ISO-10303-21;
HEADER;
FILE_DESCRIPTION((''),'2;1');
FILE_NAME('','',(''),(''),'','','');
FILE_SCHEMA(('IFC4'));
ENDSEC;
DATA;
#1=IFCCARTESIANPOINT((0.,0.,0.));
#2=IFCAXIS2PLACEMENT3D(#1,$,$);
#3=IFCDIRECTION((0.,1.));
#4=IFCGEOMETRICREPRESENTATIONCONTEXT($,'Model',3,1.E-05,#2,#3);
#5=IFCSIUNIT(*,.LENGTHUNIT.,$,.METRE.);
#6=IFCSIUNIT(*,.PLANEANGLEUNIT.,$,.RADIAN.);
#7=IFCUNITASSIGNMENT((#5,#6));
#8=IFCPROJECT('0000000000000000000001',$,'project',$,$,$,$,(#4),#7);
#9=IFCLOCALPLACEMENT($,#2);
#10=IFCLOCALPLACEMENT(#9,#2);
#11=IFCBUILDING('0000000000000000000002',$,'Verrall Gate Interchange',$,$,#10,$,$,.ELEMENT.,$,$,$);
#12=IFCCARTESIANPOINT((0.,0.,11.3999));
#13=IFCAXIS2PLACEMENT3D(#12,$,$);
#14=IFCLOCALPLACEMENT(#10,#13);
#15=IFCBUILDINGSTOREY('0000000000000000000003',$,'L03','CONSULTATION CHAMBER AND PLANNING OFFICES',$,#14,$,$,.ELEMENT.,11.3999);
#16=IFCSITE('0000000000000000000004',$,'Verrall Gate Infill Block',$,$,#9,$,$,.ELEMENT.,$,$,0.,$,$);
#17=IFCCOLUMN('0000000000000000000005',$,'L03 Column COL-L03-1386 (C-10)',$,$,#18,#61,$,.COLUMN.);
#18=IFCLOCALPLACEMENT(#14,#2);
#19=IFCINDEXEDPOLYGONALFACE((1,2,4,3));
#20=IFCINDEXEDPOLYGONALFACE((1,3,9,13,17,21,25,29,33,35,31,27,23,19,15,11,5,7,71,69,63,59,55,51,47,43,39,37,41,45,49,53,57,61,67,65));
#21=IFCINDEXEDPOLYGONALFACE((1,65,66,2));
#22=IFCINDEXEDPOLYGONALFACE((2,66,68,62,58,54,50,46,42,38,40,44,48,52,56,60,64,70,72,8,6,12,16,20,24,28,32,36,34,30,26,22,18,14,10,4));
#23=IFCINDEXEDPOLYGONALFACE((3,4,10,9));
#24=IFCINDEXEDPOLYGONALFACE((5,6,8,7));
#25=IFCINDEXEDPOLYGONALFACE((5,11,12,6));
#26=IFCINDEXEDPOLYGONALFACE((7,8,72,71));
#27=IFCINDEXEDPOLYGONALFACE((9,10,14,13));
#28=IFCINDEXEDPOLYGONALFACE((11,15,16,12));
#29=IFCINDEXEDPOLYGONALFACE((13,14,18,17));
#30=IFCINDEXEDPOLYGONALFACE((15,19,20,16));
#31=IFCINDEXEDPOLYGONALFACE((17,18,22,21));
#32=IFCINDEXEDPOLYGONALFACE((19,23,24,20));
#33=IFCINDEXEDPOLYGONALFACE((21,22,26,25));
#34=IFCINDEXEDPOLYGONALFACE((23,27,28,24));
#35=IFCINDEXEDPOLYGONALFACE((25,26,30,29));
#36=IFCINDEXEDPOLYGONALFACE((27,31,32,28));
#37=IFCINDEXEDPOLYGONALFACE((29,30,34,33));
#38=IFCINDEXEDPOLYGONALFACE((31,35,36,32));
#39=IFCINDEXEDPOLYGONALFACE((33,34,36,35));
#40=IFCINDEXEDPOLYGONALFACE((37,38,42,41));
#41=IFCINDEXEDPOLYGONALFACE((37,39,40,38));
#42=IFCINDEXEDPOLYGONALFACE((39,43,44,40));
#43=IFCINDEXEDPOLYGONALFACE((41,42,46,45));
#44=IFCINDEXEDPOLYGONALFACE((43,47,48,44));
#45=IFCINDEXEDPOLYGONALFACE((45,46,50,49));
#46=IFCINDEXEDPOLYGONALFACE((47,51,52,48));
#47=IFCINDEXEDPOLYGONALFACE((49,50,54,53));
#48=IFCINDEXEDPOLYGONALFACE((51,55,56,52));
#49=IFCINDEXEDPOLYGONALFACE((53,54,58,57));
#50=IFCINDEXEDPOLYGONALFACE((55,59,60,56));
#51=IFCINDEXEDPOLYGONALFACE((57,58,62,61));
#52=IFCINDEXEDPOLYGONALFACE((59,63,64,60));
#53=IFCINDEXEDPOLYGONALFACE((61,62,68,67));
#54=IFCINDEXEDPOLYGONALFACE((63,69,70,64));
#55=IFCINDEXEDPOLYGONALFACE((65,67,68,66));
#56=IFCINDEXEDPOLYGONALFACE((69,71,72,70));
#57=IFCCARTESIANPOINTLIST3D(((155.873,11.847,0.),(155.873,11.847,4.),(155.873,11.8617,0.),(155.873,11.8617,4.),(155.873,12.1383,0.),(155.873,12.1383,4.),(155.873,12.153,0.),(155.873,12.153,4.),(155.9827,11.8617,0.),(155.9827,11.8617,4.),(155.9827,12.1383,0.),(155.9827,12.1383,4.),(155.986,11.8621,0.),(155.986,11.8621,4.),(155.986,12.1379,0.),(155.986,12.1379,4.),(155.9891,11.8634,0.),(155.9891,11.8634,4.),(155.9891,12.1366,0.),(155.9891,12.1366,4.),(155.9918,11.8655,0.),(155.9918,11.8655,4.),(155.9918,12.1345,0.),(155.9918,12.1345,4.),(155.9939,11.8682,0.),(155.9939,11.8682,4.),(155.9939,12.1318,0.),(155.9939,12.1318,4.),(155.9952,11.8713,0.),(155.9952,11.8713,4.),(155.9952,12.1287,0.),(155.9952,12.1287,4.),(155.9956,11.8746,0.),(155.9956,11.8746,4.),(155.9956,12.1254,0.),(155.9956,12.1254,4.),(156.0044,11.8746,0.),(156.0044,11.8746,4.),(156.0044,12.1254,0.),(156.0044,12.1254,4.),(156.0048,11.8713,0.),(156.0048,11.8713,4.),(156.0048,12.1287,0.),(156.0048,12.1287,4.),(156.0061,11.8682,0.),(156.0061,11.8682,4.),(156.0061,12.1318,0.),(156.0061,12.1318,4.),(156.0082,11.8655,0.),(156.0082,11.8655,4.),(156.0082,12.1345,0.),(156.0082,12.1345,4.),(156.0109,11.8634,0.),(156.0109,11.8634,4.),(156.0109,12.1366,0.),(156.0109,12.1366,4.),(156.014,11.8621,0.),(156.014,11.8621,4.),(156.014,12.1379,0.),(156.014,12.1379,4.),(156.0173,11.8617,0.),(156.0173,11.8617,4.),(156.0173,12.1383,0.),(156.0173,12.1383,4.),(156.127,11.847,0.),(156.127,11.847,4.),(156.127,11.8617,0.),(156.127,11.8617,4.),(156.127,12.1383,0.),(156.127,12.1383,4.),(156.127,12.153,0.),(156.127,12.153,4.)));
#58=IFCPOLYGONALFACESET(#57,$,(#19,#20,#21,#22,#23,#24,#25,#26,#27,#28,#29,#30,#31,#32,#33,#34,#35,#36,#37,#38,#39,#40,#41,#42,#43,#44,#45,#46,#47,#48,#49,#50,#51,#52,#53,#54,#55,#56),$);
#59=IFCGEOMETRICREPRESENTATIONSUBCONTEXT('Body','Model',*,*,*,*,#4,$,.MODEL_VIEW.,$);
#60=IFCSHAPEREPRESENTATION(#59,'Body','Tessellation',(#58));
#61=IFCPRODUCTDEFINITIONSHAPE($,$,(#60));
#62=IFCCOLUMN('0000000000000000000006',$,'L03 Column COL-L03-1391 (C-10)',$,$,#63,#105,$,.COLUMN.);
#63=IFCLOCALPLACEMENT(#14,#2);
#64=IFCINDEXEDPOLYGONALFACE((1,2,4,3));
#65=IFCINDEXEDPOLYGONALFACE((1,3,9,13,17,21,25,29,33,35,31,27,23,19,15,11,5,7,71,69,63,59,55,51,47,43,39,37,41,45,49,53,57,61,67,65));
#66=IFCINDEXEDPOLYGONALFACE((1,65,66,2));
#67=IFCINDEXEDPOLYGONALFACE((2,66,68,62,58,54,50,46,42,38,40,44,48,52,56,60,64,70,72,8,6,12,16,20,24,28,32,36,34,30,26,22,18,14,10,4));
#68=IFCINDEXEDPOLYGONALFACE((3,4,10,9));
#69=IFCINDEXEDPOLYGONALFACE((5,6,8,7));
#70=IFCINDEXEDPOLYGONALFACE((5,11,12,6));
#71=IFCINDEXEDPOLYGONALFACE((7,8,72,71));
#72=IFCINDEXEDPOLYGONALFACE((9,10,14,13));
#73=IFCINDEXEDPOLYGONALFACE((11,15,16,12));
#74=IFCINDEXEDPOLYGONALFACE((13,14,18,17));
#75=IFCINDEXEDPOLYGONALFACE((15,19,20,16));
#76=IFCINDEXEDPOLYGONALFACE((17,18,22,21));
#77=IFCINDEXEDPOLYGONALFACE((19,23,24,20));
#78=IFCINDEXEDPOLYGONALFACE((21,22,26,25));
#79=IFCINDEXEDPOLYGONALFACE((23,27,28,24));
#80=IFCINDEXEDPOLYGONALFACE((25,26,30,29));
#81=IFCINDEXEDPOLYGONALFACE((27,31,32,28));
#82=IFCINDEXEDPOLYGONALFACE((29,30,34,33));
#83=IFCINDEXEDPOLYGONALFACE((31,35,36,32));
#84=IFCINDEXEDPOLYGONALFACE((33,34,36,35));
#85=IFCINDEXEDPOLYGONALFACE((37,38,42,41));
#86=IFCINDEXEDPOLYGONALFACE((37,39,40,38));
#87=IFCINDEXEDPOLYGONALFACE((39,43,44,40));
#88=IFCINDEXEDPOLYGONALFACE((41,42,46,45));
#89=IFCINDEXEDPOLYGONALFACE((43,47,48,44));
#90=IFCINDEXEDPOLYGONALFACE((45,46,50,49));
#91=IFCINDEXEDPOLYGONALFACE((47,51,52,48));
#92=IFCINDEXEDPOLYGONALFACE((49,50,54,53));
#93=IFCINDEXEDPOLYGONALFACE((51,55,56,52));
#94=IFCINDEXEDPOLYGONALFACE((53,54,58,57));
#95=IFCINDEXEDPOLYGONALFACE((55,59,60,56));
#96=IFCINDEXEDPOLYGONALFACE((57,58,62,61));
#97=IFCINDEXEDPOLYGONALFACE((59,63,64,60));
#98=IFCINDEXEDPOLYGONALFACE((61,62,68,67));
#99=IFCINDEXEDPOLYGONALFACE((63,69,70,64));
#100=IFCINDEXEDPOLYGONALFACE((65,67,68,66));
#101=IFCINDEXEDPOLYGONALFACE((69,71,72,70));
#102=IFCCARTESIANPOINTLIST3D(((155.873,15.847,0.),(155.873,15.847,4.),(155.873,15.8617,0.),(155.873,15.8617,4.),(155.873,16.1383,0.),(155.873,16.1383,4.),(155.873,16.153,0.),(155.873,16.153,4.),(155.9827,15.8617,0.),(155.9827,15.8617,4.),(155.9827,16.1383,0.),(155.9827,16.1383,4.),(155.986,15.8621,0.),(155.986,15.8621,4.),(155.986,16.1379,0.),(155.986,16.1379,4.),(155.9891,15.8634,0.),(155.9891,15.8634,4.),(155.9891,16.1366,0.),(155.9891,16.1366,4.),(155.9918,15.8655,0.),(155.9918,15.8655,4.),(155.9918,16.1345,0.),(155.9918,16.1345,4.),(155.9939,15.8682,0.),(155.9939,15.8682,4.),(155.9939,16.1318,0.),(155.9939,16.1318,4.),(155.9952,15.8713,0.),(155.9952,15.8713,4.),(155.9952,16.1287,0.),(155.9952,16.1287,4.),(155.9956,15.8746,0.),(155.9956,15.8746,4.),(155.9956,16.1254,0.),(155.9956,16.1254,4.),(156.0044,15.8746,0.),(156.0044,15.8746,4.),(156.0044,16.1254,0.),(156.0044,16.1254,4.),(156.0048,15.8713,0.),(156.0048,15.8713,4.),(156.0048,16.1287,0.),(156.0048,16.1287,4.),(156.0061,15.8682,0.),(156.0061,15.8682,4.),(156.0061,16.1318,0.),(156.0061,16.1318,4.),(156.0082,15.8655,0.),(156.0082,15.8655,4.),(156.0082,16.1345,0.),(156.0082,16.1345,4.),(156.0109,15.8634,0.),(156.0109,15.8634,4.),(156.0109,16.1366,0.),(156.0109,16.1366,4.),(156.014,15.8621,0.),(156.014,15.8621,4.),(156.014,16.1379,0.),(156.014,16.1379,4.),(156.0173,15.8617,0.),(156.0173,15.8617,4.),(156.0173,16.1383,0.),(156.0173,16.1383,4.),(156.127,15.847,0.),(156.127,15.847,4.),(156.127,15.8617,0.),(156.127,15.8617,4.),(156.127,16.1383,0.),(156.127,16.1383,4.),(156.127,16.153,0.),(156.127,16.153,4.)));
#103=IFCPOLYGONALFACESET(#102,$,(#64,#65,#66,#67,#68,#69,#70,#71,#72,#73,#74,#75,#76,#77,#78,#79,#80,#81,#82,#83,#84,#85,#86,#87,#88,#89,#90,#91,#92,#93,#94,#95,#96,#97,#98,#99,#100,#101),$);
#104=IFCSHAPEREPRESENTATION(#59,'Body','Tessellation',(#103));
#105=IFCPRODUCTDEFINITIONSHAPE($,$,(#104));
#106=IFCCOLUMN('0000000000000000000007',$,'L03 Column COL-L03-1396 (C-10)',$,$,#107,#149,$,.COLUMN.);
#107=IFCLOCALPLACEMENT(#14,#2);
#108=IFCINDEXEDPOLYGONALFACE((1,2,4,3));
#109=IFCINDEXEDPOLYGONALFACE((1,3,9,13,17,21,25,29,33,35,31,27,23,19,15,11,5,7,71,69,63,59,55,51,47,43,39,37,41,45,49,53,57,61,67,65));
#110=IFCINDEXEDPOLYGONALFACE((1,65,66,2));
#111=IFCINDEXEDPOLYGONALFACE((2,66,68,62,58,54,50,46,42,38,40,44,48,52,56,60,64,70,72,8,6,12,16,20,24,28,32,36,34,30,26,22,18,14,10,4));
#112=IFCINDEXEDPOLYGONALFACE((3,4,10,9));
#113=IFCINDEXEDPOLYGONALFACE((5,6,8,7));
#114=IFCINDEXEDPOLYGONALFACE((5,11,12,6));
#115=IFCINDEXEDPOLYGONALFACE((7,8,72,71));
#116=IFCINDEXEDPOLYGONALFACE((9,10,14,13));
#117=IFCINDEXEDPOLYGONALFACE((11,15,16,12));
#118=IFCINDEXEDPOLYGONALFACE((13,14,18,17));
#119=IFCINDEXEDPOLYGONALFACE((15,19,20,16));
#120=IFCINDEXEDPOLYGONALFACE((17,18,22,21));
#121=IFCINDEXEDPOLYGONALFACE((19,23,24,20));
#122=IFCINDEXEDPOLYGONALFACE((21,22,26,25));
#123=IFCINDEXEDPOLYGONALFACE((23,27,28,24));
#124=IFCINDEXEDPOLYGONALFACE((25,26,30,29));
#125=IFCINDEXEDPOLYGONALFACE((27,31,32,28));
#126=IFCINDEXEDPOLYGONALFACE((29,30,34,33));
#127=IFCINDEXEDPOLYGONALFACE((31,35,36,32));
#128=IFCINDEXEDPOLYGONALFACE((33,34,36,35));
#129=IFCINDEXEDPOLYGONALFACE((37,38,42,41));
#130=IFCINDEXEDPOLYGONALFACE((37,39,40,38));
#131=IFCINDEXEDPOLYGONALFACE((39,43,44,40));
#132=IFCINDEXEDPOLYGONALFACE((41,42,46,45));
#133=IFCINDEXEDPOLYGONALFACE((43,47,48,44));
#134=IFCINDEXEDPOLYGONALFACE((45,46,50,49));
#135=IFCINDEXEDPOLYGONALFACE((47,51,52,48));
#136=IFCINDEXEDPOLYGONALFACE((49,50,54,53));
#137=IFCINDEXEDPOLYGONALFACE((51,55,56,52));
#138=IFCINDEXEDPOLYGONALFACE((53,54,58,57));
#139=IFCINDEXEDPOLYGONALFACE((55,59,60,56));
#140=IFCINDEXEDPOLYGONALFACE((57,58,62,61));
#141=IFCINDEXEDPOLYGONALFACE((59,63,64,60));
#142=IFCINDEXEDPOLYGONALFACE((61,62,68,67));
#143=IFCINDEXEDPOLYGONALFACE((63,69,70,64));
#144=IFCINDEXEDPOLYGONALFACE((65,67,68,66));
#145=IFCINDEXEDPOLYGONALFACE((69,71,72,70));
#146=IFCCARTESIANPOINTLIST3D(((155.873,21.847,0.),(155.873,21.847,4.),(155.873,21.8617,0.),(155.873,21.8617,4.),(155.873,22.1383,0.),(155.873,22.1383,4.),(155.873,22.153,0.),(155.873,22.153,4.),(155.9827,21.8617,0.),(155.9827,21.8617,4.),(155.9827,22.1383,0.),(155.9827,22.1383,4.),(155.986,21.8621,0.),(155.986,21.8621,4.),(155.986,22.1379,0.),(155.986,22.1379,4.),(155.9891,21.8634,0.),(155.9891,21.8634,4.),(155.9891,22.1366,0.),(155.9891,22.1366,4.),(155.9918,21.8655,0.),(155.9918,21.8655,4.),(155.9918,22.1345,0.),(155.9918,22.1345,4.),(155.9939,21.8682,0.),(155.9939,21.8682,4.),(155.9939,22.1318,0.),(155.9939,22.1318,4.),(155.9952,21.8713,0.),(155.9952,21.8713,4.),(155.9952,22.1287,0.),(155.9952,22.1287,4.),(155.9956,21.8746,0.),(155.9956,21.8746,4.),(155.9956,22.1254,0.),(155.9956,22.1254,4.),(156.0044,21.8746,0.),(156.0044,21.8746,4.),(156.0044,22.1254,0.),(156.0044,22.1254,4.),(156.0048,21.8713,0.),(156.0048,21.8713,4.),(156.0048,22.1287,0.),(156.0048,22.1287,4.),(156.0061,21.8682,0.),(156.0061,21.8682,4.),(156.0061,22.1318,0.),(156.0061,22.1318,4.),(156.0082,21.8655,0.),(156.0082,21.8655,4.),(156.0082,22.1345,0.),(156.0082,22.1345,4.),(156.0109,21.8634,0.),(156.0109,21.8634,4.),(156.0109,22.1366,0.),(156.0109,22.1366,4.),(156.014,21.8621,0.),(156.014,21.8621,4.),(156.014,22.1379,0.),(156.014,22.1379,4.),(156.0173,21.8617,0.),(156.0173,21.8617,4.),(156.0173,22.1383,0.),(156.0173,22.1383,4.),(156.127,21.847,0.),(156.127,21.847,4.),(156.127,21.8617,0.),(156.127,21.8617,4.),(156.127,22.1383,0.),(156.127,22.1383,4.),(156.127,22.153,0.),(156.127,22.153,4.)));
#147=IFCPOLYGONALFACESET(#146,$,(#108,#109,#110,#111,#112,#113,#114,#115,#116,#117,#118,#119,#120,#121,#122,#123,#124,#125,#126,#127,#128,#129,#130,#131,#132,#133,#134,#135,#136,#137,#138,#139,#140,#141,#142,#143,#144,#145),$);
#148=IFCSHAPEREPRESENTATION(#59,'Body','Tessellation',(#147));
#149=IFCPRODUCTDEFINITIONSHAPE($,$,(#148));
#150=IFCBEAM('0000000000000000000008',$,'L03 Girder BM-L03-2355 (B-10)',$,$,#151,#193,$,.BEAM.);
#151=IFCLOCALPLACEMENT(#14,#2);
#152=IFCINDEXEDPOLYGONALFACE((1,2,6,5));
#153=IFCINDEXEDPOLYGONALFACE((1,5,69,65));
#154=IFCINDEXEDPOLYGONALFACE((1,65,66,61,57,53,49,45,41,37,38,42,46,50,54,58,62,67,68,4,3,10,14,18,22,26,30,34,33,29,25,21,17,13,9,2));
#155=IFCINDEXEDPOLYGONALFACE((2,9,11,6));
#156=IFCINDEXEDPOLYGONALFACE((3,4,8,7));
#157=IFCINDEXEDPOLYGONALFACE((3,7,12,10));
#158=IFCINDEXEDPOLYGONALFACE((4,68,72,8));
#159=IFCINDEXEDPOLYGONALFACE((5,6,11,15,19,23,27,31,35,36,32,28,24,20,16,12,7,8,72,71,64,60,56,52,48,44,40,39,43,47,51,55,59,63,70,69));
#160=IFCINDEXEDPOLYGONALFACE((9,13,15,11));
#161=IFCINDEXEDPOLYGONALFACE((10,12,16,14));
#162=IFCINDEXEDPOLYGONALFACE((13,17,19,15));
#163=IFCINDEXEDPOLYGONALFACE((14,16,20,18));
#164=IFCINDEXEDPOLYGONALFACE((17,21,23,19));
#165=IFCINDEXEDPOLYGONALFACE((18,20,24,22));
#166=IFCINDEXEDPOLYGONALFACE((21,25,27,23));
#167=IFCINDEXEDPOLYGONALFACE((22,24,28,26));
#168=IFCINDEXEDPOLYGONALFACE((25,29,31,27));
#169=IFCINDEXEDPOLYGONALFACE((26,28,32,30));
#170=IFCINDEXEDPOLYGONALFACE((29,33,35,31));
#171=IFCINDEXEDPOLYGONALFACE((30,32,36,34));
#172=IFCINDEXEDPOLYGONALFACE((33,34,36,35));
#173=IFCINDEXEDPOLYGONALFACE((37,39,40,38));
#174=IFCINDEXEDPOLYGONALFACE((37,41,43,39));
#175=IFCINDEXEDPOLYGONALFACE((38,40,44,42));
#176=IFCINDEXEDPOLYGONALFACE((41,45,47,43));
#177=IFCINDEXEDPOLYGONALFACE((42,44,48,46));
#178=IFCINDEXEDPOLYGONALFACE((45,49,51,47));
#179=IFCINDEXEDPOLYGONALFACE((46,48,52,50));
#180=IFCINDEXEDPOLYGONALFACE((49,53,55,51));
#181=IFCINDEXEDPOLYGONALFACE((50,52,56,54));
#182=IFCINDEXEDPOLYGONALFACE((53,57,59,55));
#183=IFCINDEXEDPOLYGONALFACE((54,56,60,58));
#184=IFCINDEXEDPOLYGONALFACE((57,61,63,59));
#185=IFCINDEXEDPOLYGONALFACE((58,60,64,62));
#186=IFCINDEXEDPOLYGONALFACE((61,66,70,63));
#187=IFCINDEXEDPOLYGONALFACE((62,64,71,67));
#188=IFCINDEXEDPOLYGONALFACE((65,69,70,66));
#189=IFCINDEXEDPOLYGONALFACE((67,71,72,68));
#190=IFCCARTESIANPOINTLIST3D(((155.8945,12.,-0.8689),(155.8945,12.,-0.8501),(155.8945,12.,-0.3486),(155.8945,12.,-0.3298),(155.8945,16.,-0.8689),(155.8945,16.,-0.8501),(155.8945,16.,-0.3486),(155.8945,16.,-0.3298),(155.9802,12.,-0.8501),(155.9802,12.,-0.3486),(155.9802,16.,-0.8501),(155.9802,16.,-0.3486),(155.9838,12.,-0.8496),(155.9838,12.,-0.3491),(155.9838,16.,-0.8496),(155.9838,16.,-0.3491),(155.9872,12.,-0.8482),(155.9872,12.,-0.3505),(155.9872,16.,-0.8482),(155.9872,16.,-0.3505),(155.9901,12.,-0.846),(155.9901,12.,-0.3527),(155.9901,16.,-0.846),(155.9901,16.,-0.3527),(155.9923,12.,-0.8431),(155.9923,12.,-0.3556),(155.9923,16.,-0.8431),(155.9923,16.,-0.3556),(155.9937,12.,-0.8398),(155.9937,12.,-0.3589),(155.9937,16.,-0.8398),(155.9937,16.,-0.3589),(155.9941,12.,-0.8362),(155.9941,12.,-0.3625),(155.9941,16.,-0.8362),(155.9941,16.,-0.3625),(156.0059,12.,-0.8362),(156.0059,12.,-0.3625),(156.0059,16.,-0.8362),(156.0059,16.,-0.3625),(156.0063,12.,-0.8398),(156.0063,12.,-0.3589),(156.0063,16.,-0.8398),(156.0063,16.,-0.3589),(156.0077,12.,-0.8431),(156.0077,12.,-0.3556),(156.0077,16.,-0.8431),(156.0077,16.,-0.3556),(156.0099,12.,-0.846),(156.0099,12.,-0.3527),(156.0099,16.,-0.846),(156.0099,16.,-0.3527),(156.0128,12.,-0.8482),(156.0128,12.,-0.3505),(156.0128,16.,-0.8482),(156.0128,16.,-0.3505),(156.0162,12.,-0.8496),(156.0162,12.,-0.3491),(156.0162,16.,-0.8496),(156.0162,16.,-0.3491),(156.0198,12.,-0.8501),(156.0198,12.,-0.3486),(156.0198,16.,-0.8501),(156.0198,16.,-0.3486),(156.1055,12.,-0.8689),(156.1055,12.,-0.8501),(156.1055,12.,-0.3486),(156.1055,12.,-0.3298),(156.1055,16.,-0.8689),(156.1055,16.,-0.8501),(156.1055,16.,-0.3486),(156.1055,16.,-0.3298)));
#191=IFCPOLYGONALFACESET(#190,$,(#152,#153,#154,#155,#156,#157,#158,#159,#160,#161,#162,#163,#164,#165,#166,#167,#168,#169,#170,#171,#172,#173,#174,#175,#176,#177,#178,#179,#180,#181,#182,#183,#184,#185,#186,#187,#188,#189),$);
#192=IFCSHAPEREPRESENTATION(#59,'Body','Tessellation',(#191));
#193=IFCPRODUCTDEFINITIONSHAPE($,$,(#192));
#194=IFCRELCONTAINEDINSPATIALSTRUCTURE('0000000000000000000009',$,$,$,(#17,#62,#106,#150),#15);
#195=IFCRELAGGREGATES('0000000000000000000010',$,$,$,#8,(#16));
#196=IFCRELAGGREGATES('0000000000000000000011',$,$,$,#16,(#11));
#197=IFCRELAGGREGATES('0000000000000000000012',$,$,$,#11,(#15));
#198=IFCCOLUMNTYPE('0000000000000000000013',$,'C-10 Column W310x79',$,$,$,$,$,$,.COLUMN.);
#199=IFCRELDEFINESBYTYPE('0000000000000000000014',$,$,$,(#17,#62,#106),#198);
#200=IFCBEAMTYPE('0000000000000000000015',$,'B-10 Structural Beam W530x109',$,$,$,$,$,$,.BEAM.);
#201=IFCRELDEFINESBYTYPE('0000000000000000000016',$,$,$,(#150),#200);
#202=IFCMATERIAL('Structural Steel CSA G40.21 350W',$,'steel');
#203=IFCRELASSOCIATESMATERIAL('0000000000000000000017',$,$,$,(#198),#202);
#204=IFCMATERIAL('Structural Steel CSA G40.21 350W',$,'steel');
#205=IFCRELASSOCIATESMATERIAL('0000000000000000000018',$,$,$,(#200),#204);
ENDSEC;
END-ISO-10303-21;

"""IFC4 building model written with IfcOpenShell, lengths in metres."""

from ifc_helpers import new_model, si_unit, direction, frame, origin, origin_2d, place, context, subcontext, project, spatial, i_section, extrude, material, material_profile, profile_set, type_object, element, save


model = new_model("IFC4")

# Units and contexts
model_context = context("Model", 3, precision=1e-05, world=origin(), true_north=direction((0.0, 1.0)))
body_context = subcontext(model_context, "Body", "Model", "MODEL_VIEW")
ifc_project = project(units=[si_unit("LENGTHUNIT", "METRE"), si_unit("PLANEANGLEUNIT", "RADIAN")], contexts=[model_context])

# Site, building, storey
site_placement = place(None, origin())
site = spatial("IfcSite", under=ifc_project, at=site_placement, Name="Verrall Gate Infill Block", CompositionType="ELEMENT", RefElevation=0.0)
building_placement = place(site_placement, origin())
building = spatial("IfcBuilding", under=site, at=building_placement, Name="Verrall Gate Interchange", CompositionType="ELEMENT")
storey_placement = place(building_placement, frame((0.0, 0.0, 11.3999)))
storey = spatial("IfcBuildingStorey", under=building, at=storey_placement, Name="L03", Description="CONSULTATION CHAMBER AND PLANNING OFFICES", CompositionType="ELEMENT", Elevation=11.3999)

# Columns
ifc_material_1 = material(Name="Structural Steel CSA G40.21 350W", Category="steel")
ifc_material_profile_1 = material_profile(ifc_material_1, i_section(OverallWidth=0.2539, OverallDepth=0.3059, WebThickness=0.0088, FlangeThickness=0.0146, FilletRadius=0.0129, at=origin_2d()), Name="W310x79")
ifc_profile_set_1 = profile_set([ifc_material_profile_1], Name="Structural Steel CSA G40.21 350W")
column_type = type_object("IfcColumnType", Name="C-10 Column W310x79", PredefinedType="COLUMN", material=ifc_profile_set_1)
for number, where, z_axis, x_axis, name in (
    (1, (156.0, 12.0, 0.0), (0.0, 0.0, 1.0), (1.0, 0.0, 0.0), "L03 Column COL-L03-1386 (C-10)"),
    (2, (156.0, 16.0, 0.0), (0.0, 0.0, 1.0), (1.0, 0.0, 0.0), "L03 Column COL-L03-1391 (C-10)"),
    (3, (156.0, 22.0, 0.0), (0.0, 0.0, 1.0), (1.0, 0.0, 0.0), "L03 Column COL-L03-1396 (C-10)"),
):
    element("IfcColumn", number, at=place(storey_placement, frame(where, z_axis=z_axis, x_axis=x_axis)), inside=storey, type_object=column_type, Name=name, PredefinedType="COLUMN", context=body_context, shape_type="SweptSolid", body=[
        extrude(i_section(OverallWidth=0.2539, OverallDepth=0.3059, WebThickness=0.0088, FlangeThickness=0.0146, FilletRadius=0.0129, at=origin_2d()), origin(), (0.0, 0.0, 1.0), 4.0),
    ])

# Beam
ifc_material_2 = material(Name="Structural Steel CSA G40.21 350W", Category="steel")
ifc_material_profile_2 = material_profile(ifc_material_2, i_section(OverallWidth=0.2109, OverallDepth=0.5391, WebThickness=0.0117, FlangeThickness=0.0188, FilletRadius=0.0139, at=origin_2d()), Name="W530x109")
ifc_profile_set_2 = profile_set([ifc_material_profile_2], Name="Structural Steel CSA G40.21 350W")
beam_type_1 = type_object("IfcBeamType", Name="B-10 Structural Beam W530x109", PredefinedType="BEAM", material=ifc_profile_set_2)
beam_1_placement = place(storey_placement, frame((156.0, 12.0, -0.5994), z_axis=(0.0, 1.0, 0.0), x_axis=(-1.0, 0.0, 0.0)))
element("IfcBeam", 4, at=beam_1_placement, inside=storey, type_object=beam_type_1, Name="L03 Girder BM-L03-2355 (B-10)", PredefinedType="BEAM", context=body_context, shape_type="SweptSolid", body=[
    extrude(i_section(OverallWidth=0.2109, OverallDepth=0.5391, WebThickness=0.0117, FlangeThickness=0.0188, FilletRadius=0.0139, at=origin_2d()), origin(), (0.0, 0.0, 1.0), 4.0),
])

save(model, "model.ifc")
